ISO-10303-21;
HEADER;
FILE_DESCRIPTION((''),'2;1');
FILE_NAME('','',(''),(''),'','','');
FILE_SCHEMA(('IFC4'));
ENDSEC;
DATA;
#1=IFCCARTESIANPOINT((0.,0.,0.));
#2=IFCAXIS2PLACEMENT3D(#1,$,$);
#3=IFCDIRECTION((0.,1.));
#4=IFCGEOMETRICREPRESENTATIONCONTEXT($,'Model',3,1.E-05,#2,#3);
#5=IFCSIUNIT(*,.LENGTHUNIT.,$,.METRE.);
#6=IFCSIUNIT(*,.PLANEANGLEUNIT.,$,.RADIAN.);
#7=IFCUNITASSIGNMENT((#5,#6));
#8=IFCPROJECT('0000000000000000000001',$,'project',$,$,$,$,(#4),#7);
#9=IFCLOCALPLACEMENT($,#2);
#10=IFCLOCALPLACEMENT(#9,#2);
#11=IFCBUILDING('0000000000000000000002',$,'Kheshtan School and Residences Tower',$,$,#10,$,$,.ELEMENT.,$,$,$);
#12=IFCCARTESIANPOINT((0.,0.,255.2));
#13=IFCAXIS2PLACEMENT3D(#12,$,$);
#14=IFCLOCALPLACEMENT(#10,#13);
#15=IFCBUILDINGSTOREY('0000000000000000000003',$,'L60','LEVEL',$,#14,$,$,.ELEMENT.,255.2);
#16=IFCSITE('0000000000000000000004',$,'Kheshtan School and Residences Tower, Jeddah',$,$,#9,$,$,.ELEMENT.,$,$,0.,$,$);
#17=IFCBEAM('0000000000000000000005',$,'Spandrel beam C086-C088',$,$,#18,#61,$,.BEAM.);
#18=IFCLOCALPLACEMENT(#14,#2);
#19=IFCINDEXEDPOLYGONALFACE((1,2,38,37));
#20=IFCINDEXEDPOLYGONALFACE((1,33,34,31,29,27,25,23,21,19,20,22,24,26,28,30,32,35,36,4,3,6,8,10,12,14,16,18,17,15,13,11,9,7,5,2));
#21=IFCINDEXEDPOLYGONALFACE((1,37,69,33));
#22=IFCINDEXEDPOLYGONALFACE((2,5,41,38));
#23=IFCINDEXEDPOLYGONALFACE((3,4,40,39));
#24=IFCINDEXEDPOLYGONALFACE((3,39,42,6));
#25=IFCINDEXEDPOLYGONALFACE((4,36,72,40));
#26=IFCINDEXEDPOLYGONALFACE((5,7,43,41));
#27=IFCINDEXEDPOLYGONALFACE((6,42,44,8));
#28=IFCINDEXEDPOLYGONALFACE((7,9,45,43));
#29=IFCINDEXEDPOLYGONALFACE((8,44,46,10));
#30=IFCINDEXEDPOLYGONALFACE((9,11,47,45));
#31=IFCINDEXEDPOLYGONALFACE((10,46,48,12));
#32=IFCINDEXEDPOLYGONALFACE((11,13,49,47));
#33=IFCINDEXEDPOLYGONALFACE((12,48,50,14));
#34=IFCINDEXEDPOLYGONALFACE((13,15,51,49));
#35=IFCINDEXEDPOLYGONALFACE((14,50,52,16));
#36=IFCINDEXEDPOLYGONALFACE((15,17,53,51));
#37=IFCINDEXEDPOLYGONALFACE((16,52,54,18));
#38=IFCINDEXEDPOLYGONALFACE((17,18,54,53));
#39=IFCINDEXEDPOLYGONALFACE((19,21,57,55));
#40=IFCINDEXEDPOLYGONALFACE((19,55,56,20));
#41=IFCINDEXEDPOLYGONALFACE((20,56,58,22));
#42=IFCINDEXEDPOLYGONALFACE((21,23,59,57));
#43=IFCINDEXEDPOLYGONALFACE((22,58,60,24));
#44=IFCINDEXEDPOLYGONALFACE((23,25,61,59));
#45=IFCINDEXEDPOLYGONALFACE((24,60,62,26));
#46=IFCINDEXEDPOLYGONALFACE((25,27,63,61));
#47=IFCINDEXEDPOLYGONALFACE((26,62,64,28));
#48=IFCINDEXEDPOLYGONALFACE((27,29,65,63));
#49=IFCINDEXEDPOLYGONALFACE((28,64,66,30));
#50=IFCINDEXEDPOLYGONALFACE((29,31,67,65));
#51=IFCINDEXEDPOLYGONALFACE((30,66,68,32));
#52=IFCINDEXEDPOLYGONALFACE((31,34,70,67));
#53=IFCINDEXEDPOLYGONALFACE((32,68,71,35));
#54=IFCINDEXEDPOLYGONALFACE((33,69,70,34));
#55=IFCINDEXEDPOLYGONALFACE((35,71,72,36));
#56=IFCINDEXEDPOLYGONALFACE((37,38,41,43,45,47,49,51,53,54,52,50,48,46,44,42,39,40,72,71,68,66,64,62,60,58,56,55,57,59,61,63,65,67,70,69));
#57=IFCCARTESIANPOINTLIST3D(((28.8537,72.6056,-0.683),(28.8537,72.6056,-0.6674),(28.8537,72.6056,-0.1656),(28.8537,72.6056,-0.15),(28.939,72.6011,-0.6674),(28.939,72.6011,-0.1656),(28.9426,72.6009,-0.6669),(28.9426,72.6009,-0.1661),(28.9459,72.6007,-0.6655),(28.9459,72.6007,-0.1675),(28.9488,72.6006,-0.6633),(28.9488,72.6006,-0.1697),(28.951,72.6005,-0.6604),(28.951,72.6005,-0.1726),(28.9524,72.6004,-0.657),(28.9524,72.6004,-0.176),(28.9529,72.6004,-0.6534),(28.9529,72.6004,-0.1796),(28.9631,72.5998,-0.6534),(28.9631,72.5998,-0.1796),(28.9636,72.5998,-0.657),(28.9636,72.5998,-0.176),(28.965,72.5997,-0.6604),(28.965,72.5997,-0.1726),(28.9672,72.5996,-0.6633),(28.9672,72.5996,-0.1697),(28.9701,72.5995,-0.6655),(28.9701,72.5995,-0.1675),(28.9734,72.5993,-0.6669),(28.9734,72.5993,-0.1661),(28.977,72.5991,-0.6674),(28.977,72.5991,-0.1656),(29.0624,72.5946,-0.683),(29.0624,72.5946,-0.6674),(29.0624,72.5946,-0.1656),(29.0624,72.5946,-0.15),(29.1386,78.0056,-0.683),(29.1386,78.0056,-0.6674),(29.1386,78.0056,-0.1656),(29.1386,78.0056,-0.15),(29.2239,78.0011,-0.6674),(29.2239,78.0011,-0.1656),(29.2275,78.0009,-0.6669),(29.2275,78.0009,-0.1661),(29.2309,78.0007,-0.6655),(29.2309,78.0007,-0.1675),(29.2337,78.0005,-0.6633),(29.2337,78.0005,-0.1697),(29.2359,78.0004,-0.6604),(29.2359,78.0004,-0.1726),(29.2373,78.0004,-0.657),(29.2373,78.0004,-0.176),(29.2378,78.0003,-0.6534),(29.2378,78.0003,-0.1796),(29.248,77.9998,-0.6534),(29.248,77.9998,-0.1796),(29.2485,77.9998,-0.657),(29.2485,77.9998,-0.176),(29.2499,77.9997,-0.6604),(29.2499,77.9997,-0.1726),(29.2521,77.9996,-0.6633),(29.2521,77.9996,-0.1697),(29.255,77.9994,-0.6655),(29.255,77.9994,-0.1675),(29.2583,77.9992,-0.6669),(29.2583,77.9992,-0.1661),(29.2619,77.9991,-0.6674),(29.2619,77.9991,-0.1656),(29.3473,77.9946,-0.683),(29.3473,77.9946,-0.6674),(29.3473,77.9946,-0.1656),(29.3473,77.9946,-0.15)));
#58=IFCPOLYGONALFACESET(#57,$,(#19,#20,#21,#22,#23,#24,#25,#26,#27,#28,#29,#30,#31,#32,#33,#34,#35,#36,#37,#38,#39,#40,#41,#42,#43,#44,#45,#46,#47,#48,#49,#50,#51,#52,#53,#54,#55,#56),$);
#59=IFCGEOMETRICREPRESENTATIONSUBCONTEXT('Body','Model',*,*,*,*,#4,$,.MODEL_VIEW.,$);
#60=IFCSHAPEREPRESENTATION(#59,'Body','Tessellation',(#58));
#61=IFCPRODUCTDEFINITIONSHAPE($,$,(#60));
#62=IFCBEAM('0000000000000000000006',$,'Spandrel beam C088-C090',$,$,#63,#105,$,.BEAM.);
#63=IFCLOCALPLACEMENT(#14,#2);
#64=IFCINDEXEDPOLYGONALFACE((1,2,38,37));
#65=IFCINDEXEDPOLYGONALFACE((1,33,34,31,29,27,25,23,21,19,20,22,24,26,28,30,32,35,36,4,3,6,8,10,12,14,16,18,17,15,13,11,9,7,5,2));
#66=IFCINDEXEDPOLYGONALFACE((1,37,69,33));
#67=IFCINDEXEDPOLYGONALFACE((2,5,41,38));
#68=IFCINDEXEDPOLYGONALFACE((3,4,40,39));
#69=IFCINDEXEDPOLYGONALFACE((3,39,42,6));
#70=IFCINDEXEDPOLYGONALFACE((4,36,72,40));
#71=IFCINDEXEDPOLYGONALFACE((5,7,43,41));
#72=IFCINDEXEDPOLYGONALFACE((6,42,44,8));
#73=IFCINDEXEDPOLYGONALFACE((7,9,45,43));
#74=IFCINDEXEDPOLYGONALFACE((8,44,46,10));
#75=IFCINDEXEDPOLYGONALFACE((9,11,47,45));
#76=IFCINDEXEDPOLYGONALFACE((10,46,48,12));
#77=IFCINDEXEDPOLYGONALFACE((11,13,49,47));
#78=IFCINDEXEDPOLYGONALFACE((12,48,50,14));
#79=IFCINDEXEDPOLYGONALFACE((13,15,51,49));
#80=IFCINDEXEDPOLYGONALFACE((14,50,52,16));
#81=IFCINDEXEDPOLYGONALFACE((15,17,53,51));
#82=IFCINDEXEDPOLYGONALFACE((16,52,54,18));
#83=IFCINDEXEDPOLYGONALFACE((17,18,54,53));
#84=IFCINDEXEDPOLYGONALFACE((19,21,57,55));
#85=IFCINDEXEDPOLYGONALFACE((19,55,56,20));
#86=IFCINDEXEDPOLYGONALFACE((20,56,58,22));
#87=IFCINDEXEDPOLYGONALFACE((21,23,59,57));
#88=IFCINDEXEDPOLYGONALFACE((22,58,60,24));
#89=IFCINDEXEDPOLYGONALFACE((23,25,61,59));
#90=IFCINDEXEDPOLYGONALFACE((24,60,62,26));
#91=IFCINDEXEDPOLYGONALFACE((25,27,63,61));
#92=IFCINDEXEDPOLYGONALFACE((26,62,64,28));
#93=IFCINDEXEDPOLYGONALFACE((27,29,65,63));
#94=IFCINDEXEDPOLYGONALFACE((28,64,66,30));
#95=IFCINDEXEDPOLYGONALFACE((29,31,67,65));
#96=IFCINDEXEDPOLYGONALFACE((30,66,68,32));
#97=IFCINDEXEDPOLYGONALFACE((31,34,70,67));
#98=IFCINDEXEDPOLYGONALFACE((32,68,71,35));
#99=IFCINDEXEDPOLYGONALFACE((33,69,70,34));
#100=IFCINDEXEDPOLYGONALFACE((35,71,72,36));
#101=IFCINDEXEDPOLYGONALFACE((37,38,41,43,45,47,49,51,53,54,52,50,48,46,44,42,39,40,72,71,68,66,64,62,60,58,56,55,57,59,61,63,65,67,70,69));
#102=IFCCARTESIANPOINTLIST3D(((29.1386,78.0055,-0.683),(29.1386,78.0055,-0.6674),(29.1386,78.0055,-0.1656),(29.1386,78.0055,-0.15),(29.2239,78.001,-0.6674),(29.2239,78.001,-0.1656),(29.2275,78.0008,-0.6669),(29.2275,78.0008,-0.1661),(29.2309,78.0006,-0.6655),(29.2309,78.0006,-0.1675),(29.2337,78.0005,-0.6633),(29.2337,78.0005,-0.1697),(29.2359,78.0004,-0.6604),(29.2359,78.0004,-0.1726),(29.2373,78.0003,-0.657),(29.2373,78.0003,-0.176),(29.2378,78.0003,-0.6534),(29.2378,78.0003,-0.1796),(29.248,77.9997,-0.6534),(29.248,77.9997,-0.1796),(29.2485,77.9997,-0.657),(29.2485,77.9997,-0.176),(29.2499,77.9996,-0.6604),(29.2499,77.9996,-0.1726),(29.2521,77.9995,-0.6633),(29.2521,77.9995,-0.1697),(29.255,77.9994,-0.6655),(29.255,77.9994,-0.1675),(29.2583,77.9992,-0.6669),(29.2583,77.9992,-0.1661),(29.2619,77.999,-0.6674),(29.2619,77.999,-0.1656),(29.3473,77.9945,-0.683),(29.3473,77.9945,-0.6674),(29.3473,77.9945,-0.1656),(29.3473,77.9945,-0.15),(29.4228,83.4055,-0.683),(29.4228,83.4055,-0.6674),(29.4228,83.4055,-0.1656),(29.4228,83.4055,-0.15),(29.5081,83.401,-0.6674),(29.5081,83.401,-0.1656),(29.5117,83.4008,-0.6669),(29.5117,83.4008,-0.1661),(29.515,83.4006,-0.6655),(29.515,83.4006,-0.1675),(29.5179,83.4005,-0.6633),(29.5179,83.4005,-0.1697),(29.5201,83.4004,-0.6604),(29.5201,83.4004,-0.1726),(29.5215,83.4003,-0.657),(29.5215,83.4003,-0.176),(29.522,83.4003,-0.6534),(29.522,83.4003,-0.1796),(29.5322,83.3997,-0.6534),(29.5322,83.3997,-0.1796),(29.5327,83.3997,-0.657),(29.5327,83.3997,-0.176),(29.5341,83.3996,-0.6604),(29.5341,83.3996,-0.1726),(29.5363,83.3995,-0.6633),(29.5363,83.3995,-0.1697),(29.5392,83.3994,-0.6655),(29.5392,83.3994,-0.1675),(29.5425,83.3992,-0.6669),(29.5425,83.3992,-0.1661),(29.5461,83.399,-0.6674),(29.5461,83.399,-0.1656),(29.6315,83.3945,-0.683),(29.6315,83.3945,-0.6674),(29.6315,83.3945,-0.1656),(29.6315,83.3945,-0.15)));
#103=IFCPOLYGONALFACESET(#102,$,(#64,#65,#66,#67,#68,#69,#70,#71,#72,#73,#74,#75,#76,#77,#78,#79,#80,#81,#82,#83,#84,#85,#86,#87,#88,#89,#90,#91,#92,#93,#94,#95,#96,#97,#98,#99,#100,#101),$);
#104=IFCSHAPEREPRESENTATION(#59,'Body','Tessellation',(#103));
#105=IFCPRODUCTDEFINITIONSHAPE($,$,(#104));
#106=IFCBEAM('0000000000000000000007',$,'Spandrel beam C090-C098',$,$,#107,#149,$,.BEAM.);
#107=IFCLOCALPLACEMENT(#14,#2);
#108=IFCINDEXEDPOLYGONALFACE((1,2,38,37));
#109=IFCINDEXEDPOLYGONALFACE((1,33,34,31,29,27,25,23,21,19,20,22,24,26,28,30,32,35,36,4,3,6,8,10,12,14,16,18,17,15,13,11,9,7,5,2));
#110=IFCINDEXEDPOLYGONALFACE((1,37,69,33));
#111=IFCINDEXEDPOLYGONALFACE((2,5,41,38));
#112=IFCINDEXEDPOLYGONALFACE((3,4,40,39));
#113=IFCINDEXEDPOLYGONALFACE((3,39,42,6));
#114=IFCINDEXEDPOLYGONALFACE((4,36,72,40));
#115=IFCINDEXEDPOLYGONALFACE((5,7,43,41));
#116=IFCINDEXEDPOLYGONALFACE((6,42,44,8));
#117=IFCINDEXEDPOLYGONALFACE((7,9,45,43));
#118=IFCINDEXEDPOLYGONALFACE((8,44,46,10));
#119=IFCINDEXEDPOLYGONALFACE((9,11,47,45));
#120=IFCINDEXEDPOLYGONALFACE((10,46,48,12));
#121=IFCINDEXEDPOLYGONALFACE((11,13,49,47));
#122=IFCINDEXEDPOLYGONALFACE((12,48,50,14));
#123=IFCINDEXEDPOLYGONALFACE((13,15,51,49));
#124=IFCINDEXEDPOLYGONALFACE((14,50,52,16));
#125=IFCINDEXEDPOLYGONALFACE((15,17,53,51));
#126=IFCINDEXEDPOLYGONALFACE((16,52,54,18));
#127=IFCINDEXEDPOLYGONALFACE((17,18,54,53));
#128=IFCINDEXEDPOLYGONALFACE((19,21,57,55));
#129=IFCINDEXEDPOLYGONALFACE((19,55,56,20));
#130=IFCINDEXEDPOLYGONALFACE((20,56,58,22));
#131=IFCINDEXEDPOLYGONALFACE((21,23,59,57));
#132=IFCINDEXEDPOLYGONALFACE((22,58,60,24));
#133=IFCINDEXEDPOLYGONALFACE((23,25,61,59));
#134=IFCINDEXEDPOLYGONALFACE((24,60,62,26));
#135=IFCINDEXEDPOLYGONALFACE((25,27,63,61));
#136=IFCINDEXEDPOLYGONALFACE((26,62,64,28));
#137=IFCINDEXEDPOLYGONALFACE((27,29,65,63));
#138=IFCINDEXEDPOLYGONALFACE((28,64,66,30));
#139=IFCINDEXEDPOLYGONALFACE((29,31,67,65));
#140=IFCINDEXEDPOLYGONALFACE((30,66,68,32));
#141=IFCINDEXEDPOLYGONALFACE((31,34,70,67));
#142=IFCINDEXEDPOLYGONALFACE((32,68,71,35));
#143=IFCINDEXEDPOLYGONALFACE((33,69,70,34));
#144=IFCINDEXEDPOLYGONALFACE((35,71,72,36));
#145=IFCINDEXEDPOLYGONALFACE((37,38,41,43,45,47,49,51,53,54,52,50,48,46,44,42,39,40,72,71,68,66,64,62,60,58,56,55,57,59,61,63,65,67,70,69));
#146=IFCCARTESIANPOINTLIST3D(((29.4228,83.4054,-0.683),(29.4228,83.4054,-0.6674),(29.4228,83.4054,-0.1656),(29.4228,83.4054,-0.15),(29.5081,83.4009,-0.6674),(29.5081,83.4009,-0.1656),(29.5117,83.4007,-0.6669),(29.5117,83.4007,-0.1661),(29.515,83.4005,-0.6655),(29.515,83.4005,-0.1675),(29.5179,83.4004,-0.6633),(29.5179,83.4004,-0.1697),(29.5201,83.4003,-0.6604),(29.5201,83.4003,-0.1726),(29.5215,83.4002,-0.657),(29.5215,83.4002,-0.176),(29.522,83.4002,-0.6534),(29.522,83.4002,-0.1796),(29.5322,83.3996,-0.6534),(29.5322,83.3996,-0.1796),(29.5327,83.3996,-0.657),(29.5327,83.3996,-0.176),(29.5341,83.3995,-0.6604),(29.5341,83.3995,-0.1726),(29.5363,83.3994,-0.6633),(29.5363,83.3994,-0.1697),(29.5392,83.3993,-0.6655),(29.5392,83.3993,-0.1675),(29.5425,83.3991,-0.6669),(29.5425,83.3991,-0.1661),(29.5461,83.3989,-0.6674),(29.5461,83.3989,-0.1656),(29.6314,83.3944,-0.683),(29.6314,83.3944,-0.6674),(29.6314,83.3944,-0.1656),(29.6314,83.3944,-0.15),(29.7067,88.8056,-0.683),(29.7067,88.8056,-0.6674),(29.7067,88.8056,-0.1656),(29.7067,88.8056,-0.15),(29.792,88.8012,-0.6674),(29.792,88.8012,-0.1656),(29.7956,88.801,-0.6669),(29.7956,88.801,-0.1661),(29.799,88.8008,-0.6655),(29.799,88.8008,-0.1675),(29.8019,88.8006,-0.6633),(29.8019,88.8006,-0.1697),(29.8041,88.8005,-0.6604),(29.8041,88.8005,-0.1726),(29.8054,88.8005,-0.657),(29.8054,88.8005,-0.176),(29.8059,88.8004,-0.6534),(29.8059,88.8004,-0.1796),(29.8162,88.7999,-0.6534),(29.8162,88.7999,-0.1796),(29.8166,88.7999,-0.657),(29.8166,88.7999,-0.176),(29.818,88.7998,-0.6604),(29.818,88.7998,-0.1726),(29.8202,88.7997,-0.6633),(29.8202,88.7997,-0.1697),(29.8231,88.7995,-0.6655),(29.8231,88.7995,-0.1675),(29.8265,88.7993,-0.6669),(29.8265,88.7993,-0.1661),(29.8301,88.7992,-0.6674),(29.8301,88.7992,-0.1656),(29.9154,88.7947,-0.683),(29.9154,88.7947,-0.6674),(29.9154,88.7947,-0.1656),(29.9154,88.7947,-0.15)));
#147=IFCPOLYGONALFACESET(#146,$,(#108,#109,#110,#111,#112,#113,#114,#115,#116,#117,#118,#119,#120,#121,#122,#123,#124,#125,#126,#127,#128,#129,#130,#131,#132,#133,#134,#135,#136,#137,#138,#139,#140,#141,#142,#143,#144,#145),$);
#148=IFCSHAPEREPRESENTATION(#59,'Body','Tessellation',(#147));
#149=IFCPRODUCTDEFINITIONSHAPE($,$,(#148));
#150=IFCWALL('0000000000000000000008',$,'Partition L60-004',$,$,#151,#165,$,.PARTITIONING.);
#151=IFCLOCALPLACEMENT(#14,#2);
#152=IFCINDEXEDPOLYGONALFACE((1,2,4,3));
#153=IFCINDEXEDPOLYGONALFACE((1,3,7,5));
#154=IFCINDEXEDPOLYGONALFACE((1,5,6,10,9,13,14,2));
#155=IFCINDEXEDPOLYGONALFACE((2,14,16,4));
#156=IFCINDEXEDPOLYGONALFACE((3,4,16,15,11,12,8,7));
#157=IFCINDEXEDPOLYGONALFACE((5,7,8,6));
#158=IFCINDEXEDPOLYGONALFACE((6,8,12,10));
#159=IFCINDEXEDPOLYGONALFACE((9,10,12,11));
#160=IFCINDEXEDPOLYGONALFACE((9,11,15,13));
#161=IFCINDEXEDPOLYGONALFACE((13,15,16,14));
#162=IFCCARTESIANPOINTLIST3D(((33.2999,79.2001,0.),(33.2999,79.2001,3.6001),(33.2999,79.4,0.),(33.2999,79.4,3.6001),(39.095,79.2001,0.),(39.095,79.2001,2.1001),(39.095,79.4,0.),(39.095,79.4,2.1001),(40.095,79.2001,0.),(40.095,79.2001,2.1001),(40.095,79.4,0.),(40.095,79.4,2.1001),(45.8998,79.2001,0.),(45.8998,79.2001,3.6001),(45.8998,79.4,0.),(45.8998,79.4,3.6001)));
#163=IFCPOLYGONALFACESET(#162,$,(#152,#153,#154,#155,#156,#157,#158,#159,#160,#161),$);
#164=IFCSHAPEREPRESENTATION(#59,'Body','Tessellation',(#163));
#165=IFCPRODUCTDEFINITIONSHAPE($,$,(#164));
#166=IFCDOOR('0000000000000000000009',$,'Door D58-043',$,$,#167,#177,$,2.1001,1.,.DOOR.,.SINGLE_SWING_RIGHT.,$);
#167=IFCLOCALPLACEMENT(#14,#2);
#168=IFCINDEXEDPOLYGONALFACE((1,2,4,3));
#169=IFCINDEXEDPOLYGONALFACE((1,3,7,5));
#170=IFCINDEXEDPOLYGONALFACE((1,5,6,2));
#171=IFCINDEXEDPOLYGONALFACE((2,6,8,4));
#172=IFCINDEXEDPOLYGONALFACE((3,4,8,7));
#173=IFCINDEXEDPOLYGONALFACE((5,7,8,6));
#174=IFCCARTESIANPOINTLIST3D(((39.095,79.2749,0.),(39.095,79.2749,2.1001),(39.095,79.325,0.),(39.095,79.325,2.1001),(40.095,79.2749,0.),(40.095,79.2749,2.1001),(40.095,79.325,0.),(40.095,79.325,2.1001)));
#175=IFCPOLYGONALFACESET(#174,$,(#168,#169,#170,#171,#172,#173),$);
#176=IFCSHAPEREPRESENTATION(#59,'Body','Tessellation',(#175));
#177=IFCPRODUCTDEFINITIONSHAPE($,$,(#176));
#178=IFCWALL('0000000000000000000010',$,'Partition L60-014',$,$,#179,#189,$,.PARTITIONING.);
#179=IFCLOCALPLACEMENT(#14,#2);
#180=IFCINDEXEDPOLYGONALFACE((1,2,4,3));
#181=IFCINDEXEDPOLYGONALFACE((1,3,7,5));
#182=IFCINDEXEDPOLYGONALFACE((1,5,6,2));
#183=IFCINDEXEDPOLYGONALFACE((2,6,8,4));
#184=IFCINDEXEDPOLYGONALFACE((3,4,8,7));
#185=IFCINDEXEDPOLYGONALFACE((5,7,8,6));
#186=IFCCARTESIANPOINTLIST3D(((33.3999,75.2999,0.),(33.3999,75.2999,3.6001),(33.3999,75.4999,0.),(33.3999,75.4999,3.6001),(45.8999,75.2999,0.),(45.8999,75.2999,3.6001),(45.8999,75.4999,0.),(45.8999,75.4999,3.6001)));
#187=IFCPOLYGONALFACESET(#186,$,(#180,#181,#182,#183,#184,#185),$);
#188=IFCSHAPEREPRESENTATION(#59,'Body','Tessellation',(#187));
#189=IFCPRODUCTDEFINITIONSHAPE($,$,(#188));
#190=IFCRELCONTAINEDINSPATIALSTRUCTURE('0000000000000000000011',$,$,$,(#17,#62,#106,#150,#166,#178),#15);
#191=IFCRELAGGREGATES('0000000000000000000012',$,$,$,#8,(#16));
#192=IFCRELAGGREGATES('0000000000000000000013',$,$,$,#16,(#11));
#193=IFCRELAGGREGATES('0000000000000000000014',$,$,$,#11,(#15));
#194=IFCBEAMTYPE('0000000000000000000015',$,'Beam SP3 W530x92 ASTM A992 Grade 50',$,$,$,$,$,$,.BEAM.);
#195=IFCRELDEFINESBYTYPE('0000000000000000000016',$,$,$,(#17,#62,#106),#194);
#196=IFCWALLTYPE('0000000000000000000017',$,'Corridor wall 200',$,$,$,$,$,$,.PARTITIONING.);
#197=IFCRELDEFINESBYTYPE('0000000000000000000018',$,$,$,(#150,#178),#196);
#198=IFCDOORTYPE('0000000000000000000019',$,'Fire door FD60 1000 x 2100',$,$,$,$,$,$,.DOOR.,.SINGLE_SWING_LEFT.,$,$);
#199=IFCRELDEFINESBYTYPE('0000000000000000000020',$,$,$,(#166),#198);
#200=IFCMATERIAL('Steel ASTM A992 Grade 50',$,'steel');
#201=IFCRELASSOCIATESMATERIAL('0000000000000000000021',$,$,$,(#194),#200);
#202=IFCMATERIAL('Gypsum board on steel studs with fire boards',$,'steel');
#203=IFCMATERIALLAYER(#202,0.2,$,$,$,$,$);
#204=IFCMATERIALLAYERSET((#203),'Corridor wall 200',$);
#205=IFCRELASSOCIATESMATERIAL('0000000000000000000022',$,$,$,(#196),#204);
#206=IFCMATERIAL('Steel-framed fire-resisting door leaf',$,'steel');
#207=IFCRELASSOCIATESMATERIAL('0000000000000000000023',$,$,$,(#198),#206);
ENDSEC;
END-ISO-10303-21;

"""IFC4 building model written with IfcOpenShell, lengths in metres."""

from ifc_helpers import new_model, si_unit, direction, frame, frame_2d, origin, origin_2d, place, context, subcontext, project, spatial, rectangle, i_section, extrude, source, transform, mapped, material, layer, layer_set, material_profile, profile_set, type_object, element, fill, save


model = new_model("IFC4")

# Units and contexts
model_context = context("Model", 3, precision=1e-05, world=origin(), true_north=direction((0.0, 1.0)))
body_context = subcontext(model_context, "Body", "Model", "MODEL_VIEW")
ifc_project = project(units=[si_unit("LENGTHUNIT", "METRE"), si_unit("PLANEANGLEUNIT", "RADIAN")], contexts=[model_context])

# Site, building, storey
site_placement = place(None, origin())
site = spatial("IfcSite", under=ifc_project, at=site_placement, Name="Kheshtan School and Residences Tower, Jeddah", CompositionType="ELEMENT", RefElevation=0.0)
building_placement = place(site_placement, origin())
building = spatial("IfcBuilding", under=site, at=building_placement, Name="Kheshtan School and Residences Tower", CompositionType="ELEMENT")
storey_placement = place(building_placement, frame((0.0, 0.0, 255.2)))
storey = spatial("IfcBuildingStorey", under=building, at=storey_placement, Name="L60", Description="LEVEL", CompositionType="ELEMENT", Elevation=255.2)

# Shared definitions
ifc_material_1 = material(Name="Steel ASTM A992 Grade 50", Category="steel")

# Beams
ifc_material_profile_1 = material_profile(ifc_material_1, i_section(OverallWidth=0.209, OverallDepth=0.533, WebThickness=0.0103, FlangeThickness=0.0156, FilletRadius=0.0139, at=origin_2d()), Name="W530x92")
ifc_profile_set_1 = profile_set([ifc_material_profile_1], Name="Steel ASTM A992 Grade 50")
beam_type_1 = type_object("IfcBeamType", Name="Beam SP3 W530x92 ASTM A992 Grade 50", PredefinedType="BEAM", material=ifc_profile_set_1)
for number, where, z_axis, x_axis, name in (
    (1, (28.958, 72.6001, -0.4165), (0.052689, 0.998611, 0.0), (-0.998611, 0.052689, 0.0), "Spandrel beam C086-C088"),
    (2, (29.2429, 78.0, -0.4165), (0.052554, 0.998618, 0.0), (-0.998618, 0.052554, 0.0), "Spandrel beam C088-C090"),
):
    element("IfcBeam", number, at=place(storey_placement, frame(where, z_axis=z_axis, x_axis=x_axis)), inside=storey, type_object=beam_type_1, Name=name, PredefinedType="BEAM", context=body_context, shape_type="SweptSolid", body=[
        extrude(i_section(OverallWidth=0.209, OverallDepth=0.533, WebThickness=0.0103, FlangeThickness=0.0156, FilletRadius=0.0139, at=origin_2d()), origin(), (0.0, 0.0, 1.0), 5.4075),
    ])
beam_1_placement = place(storey_placement, frame((29.5271, 83.3999, -0.4165), z_axis=(0.052507, 0.998621, 0.0), x_axis=(-0.998621, 0.052507, 0.0)))
element("IfcBeam", 3, at=beam_1_placement, inside=storey, type_object=beam_type_1, Name="Spandrel beam C090-C098", PredefinedType="BEAM", context=body_context, shape_type="SweptSolid", body=[
    extrude(i_section(OverallWidth=0.209, OverallDepth=0.533, WebThickness=0.0103, FlangeThickness=0.0156, FilletRadius=0.0139, at=origin_2d()), origin(), (0.0, 0.0, 1.0), 5.4077),
])

# Wall, opening, door
ifc_material_2 = material(Name="Gypsum board on steel studs with fire boards", Category="steel")
ifc_layer_1 = layer(ifc_material_2, 0.2)
ifc_layer_set_1 = layer_set([ifc_layer_1], Name="Corridor wall 200")
wall_type_1 = type_object("IfcWallType", Name="Corridor wall 200", PredefinedType="PARTITIONING", material=ifc_layer_set_1)
wall_1_placement = place(storey_placement, frame((33.3, 79.3, 0.0), z_axis=(0.0, 0.0, 1.0), x_axis=(1.0, 0.0, 0.0)))
wall_1 = element("IfcWall", 4, at=wall_1_placement, inside=storey, type_object=wall_type_1, Name="Partition L60-004", PredefinedType="PARTITIONING", context=body_context, shape_type="SweptSolid", body=[
    extrude(rectangle(XDim=12.5999, YDim=0.2, at=frame_2d((6.2998, 0.0))), origin(), (0.0, 0.0, 1.0), 3.6001),
])
opening_1_placement = place(wall_1_placement, frame((5.7949, 0.0, 0.0)))
opening_1 = element("IfcOpeningElement", 5, at=opening_1_placement, cuts=wall_1, PredefinedType="OPENING", context=body_context, shape_type="SweptSolid", body=[
    extrude(rectangle(XDim=1.0, YDim=2.1001, at=frame_2d((0.5, 1.05))), frame((0.0, 0.1099, 0.0), z_axis=(0.0, -1.0, 0.0), x_axis=(1.0, 0.0, 0.0)), (0.0, 0.0, 1.0), 0.22),
])
ifc_material_3 = material(Name="Steel-framed fire-resisting door leaf", Category="steel")
door_type_1 = type_object("IfcDoorType", Name="Fire door FD60 1000 x 2100", OperationType="SINGLE_SWING_LEFT", PredefinedType="DOOR", material=ifc_material_3)
shared_shape_1 = source(origin(), body_context, "Body", "SweptSolid", [
    extrude(rectangle(XDim=1.0, YDim=2.1001, at=frame_2d((0.5, 1.05))), frame((0.0, 0.0249, 0.0), z_axis=(0.0, -1.0, 0.0), x_axis=(1.0, 0.0, 0.0)), (0.0, 0.0, 1.0), 0.05),
])
door_1_placement = place(opening_1_placement, origin())
door_1 = element("IfcDoor", 6, at=door_1_placement, inside=storey, type_object=door_type_1, Name="Door D58-043", OperationType="SINGLE_SWING_RIGHT", OverallHeight=2.1001, OverallWidth=1.0, PredefinedType="DOOR", context=body_context, shape_type="MappedRepresentation", body=[
    mapped(shared_shape_1, transform((0.0, 0.0, 0.0), x_axis=(1.0, 0.0, 0.0), y_axis=(0.0, 1.0, 0.0), z_axis=(0.0, 0.0, 1.0), scale=1.0)),
])
fill(opening_1, door_1)

# Wall
wall_2_placement = place(storey_placement, frame((33.3999, 75.3999, 0.0), z_axis=(0.0, 0.0, 1.0), x_axis=(1.0, 0.0, 0.0)))
element("IfcWall", 7, at=wall_2_placement, inside=storey, type_object=wall_type_1, Name="Partition L60-014", PredefinedType="PARTITIONING", context=body_context, shape_type="SweptSolid", body=[
    extrude(rectangle(XDim=12.5, YDim=0.2, at=frame_2d((6.25, 0.0))), origin(), (0.0, 0.0, 1.0), 3.6001),
])

save(model, "model.ifc")
